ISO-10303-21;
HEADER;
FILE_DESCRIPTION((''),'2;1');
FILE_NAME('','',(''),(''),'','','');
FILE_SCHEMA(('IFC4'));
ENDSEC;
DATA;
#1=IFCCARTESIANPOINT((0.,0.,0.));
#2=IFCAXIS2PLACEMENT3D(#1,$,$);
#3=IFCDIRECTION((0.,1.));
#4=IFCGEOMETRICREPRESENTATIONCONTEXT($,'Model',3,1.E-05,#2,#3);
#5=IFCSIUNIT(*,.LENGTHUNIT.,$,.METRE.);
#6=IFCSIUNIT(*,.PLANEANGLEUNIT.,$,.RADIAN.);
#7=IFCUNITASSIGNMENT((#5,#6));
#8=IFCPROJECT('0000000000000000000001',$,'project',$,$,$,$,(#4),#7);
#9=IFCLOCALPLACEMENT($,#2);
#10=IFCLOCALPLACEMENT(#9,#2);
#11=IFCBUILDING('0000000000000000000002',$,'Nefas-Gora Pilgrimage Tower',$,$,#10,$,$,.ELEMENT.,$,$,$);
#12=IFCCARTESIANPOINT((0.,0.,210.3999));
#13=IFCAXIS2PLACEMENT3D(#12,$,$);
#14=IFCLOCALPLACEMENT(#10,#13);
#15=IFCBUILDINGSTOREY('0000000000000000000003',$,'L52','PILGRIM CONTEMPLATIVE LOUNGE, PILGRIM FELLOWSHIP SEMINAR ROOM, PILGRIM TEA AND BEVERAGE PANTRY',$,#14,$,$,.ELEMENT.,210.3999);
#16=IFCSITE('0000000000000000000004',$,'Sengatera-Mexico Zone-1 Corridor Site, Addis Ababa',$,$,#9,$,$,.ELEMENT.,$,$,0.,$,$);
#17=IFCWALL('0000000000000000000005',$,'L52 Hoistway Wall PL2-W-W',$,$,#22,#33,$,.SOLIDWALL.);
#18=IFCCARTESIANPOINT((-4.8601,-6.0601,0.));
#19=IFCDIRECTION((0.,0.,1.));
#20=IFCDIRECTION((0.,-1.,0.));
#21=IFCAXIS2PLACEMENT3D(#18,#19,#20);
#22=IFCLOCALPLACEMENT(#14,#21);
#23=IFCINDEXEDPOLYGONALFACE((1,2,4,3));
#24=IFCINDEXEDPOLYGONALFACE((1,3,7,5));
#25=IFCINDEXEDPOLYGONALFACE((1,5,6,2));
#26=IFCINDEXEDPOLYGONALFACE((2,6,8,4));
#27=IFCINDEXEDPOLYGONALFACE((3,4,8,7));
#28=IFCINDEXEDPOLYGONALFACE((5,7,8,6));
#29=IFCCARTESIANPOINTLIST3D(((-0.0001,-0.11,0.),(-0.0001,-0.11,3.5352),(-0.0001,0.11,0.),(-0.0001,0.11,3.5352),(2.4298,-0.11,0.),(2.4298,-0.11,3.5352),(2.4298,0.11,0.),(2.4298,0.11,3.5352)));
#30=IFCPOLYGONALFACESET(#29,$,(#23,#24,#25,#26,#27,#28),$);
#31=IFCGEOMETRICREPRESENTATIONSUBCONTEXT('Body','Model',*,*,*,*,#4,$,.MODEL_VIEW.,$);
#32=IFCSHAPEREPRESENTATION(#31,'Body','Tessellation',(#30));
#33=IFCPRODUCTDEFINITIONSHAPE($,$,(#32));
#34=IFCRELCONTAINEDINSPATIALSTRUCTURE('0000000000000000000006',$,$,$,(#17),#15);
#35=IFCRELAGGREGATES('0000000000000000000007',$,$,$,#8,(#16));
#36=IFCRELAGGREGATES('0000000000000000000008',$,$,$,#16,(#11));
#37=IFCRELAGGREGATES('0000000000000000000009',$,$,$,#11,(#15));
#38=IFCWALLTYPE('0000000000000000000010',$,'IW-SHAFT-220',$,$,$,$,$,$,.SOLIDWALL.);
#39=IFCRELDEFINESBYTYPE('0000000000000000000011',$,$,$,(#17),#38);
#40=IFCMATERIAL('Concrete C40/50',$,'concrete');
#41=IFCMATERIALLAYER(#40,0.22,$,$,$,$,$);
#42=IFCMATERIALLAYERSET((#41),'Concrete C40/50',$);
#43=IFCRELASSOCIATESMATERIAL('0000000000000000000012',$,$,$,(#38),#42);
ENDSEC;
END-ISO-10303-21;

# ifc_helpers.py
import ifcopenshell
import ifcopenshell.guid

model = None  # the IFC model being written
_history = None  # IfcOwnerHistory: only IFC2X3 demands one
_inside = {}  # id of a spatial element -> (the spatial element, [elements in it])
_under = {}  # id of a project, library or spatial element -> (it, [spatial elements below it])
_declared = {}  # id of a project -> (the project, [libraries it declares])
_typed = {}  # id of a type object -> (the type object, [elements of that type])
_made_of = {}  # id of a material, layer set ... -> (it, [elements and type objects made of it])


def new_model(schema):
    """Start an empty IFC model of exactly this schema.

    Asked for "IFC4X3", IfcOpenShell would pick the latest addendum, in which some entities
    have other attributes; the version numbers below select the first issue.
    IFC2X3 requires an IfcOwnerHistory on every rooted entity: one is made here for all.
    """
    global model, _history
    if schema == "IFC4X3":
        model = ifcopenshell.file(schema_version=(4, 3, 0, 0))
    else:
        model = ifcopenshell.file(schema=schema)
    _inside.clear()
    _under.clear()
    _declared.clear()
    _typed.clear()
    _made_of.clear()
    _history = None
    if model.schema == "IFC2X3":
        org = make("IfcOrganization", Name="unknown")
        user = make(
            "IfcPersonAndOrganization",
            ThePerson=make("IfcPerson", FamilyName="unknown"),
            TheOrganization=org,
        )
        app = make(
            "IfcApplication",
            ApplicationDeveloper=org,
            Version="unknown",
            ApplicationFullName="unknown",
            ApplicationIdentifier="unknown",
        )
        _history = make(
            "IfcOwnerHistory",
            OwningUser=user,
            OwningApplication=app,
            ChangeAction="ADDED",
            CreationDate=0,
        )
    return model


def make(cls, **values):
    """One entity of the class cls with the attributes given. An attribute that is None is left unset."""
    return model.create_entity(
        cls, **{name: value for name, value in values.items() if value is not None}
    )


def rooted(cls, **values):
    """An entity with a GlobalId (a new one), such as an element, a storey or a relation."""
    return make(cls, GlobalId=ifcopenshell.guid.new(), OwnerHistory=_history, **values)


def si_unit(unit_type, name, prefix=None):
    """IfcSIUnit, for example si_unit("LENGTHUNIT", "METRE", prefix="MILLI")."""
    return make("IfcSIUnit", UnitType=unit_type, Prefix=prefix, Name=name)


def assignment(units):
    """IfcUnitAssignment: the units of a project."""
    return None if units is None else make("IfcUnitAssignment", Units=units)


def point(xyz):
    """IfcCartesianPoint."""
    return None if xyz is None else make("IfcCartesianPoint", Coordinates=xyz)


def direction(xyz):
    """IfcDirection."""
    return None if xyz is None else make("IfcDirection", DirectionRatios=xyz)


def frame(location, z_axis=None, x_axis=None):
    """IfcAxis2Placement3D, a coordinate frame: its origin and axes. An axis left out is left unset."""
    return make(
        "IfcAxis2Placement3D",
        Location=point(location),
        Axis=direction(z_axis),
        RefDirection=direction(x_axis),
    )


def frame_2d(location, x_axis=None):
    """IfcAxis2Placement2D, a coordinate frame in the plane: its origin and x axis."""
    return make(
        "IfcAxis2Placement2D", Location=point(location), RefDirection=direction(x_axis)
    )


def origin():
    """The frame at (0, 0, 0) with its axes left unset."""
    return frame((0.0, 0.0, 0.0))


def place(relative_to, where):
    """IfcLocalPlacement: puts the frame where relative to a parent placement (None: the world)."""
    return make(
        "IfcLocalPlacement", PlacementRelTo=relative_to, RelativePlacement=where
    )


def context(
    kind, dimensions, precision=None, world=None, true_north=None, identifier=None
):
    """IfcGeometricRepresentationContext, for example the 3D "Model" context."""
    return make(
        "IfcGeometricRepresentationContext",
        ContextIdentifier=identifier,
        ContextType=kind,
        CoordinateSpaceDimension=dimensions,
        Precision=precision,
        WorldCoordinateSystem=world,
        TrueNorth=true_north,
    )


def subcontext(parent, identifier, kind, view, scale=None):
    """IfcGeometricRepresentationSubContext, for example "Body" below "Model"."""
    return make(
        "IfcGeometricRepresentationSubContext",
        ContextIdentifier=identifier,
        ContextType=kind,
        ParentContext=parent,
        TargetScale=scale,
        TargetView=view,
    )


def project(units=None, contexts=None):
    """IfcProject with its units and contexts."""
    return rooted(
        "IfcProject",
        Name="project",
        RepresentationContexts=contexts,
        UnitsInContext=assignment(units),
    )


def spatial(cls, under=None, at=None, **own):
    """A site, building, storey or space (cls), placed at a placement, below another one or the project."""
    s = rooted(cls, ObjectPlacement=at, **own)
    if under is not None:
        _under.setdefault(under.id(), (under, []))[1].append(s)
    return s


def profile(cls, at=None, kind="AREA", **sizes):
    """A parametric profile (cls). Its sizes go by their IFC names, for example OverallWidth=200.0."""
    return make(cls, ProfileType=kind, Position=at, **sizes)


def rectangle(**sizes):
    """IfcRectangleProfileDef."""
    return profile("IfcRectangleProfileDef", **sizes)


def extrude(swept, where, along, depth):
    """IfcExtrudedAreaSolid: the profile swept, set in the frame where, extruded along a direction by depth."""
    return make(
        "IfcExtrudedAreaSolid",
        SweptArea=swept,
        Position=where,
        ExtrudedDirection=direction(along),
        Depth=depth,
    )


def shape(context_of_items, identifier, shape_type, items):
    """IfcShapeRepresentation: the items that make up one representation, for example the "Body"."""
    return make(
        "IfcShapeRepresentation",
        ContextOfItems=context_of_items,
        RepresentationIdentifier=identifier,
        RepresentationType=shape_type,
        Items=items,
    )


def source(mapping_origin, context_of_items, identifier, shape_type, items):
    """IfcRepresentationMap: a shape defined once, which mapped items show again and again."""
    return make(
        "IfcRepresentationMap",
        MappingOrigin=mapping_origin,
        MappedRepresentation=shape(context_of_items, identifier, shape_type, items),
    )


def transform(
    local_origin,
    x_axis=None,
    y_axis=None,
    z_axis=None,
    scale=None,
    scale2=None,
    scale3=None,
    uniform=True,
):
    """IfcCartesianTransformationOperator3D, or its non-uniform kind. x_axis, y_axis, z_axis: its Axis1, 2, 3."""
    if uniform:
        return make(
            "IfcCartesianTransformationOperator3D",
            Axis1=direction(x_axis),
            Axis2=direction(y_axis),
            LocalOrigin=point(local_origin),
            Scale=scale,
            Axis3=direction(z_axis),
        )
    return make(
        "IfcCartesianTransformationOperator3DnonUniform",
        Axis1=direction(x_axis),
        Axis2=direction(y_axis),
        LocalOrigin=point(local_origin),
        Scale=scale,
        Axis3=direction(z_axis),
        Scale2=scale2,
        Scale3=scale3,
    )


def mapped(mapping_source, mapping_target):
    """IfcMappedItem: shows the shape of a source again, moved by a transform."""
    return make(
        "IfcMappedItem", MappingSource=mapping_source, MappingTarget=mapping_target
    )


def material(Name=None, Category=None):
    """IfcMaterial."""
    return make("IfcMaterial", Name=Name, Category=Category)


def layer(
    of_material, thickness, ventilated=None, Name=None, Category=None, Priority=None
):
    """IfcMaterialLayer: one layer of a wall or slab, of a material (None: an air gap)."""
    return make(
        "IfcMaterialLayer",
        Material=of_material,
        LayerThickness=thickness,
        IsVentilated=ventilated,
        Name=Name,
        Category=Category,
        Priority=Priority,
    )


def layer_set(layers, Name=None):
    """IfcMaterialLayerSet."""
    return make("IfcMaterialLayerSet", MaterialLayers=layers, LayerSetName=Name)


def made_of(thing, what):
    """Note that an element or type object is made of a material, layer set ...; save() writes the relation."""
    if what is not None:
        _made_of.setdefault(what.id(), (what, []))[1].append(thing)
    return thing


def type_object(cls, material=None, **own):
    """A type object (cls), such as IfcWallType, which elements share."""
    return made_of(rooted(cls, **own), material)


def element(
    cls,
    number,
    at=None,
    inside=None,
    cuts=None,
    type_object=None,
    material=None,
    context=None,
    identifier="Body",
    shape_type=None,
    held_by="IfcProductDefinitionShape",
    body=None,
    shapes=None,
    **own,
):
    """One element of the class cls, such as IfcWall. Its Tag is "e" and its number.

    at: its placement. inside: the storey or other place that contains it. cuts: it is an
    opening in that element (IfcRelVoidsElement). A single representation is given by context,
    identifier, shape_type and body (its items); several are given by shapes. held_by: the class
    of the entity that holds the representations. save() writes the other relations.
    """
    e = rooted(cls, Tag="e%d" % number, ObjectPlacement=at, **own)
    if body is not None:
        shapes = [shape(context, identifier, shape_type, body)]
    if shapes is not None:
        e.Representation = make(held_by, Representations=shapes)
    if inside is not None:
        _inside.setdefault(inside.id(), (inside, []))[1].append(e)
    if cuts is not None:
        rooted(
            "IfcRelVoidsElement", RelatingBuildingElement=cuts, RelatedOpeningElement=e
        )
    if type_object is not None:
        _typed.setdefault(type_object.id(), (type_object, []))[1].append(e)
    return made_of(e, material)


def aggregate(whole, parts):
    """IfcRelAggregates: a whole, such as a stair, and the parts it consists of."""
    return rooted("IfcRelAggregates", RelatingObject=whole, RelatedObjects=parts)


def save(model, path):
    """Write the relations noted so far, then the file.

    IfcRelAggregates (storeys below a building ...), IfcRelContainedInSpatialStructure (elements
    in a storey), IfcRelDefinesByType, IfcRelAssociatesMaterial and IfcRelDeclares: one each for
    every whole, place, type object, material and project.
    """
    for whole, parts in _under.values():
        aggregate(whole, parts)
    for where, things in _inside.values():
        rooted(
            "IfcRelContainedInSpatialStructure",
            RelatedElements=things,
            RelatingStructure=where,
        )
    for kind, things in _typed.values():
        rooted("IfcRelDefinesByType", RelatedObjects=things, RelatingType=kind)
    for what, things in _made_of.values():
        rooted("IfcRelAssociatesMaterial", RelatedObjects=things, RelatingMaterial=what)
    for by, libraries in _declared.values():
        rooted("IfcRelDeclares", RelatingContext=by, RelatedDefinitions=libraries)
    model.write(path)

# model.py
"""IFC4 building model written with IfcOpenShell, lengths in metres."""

from ifc_helpers import new_model, si_unit, direction, frame, frame_2d, origin, place, context, subcontext, project, spatial, rectangle, extrude, source, transform, mapped, material, layer, layer_set, type_object, element, save


model = new_model("IFC4")

# Units and contexts
model_context = context("Model", 3, precision=1e-05, world=origin(), true_north=direction((0.0, 1.0)))
body_context = subcontext(model_context, "Body", "Model", "MODEL_VIEW")
ifc_project = project(units=[si_unit("LENGTHUNIT", "METRE"), si_unit("PLANEANGLEUNIT", "RADIAN")], contexts=[model_context])

# Site, building, storey
site_placement = place(None, origin())
site = spatial("IfcSite", under=ifc_project, at=site_placement, Name="Sengatera-Mexico Zone-1 Corridor Site, Addis Ababa", CompositionType="ELEMENT", RefElevation=0.0)
building_placement = place(site_placement, origin())
building = spatial("IfcBuilding", under=site, at=building_placement, Name="Nefas-Gora Pilgrimage Tower", CompositionType="ELEMENT")
storey_placement = place(building_placement, frame((0.0, 0.0, 210.3999)))
storey = spatial("IfcBuildingStorey", under=building, at=storey_placement, Name="L52", Description="PILGRIM CONTEMPLATIVE LOUNGE, PILGRIM FELLOWSHIP SEMINAR ROOM, PILGRIM TEA AND BEVERAGE PANTRY", CompositionType="ELEMENT", Elevation=210.3999)

# Shared definitions
ifc_material_1 = material(Name="Concrete C40/50", Category="concrete")
ifc_layer_1 = layer(ifc_material_1, 0.22)
ifc_layer_set_1 = layer_set([ifc_layer_1], Name="Concrete C40/50")
wall_type_1 = type_object("IfcWallType", Name="IW-SHAFT-220", PredefinedType="SOLIDWALL", material=ifc_layer_set_1)

# Wall
shared_shape_1 = source(origin(), body_context, "Body", "SweptSolid", [
    extrude(rectangle(XDim=2.4299, YDim=0.22, at=frame_2d((1.2148, 0.0))), origin(), (0.0, 0.0, 1.0), 3.5352),
])
for number, where, z_axis, x_axis, name in (
    (1, (-4.8601, -6.0601, 0.0), (0.0, 0.0, 1.0), (0.0, -1.0, 0.0), "L52 Hoistway Wall PL2-W-W"),
):
    element("IfcWall", number, at=place(storey_placement, frame(where, z_axis=z_axis, x_axis=x_axis)), inside=storey, type_object=wall_type_1, Name=name, PredefinedType="SOLIDWALL", context=body_context, shape_type="MappedRepresentation", body=[
        mapped(shared_shape_1, transform((0.0, 0.0, 0.0), x_axis=(1.0, 0.0, 0.0), y_axis=(0.0, 1.0, 0.0), z_axis=(0.0, 0.0, 1.0), scale=1.0)),
    ])

save(model, "model.ifc")
